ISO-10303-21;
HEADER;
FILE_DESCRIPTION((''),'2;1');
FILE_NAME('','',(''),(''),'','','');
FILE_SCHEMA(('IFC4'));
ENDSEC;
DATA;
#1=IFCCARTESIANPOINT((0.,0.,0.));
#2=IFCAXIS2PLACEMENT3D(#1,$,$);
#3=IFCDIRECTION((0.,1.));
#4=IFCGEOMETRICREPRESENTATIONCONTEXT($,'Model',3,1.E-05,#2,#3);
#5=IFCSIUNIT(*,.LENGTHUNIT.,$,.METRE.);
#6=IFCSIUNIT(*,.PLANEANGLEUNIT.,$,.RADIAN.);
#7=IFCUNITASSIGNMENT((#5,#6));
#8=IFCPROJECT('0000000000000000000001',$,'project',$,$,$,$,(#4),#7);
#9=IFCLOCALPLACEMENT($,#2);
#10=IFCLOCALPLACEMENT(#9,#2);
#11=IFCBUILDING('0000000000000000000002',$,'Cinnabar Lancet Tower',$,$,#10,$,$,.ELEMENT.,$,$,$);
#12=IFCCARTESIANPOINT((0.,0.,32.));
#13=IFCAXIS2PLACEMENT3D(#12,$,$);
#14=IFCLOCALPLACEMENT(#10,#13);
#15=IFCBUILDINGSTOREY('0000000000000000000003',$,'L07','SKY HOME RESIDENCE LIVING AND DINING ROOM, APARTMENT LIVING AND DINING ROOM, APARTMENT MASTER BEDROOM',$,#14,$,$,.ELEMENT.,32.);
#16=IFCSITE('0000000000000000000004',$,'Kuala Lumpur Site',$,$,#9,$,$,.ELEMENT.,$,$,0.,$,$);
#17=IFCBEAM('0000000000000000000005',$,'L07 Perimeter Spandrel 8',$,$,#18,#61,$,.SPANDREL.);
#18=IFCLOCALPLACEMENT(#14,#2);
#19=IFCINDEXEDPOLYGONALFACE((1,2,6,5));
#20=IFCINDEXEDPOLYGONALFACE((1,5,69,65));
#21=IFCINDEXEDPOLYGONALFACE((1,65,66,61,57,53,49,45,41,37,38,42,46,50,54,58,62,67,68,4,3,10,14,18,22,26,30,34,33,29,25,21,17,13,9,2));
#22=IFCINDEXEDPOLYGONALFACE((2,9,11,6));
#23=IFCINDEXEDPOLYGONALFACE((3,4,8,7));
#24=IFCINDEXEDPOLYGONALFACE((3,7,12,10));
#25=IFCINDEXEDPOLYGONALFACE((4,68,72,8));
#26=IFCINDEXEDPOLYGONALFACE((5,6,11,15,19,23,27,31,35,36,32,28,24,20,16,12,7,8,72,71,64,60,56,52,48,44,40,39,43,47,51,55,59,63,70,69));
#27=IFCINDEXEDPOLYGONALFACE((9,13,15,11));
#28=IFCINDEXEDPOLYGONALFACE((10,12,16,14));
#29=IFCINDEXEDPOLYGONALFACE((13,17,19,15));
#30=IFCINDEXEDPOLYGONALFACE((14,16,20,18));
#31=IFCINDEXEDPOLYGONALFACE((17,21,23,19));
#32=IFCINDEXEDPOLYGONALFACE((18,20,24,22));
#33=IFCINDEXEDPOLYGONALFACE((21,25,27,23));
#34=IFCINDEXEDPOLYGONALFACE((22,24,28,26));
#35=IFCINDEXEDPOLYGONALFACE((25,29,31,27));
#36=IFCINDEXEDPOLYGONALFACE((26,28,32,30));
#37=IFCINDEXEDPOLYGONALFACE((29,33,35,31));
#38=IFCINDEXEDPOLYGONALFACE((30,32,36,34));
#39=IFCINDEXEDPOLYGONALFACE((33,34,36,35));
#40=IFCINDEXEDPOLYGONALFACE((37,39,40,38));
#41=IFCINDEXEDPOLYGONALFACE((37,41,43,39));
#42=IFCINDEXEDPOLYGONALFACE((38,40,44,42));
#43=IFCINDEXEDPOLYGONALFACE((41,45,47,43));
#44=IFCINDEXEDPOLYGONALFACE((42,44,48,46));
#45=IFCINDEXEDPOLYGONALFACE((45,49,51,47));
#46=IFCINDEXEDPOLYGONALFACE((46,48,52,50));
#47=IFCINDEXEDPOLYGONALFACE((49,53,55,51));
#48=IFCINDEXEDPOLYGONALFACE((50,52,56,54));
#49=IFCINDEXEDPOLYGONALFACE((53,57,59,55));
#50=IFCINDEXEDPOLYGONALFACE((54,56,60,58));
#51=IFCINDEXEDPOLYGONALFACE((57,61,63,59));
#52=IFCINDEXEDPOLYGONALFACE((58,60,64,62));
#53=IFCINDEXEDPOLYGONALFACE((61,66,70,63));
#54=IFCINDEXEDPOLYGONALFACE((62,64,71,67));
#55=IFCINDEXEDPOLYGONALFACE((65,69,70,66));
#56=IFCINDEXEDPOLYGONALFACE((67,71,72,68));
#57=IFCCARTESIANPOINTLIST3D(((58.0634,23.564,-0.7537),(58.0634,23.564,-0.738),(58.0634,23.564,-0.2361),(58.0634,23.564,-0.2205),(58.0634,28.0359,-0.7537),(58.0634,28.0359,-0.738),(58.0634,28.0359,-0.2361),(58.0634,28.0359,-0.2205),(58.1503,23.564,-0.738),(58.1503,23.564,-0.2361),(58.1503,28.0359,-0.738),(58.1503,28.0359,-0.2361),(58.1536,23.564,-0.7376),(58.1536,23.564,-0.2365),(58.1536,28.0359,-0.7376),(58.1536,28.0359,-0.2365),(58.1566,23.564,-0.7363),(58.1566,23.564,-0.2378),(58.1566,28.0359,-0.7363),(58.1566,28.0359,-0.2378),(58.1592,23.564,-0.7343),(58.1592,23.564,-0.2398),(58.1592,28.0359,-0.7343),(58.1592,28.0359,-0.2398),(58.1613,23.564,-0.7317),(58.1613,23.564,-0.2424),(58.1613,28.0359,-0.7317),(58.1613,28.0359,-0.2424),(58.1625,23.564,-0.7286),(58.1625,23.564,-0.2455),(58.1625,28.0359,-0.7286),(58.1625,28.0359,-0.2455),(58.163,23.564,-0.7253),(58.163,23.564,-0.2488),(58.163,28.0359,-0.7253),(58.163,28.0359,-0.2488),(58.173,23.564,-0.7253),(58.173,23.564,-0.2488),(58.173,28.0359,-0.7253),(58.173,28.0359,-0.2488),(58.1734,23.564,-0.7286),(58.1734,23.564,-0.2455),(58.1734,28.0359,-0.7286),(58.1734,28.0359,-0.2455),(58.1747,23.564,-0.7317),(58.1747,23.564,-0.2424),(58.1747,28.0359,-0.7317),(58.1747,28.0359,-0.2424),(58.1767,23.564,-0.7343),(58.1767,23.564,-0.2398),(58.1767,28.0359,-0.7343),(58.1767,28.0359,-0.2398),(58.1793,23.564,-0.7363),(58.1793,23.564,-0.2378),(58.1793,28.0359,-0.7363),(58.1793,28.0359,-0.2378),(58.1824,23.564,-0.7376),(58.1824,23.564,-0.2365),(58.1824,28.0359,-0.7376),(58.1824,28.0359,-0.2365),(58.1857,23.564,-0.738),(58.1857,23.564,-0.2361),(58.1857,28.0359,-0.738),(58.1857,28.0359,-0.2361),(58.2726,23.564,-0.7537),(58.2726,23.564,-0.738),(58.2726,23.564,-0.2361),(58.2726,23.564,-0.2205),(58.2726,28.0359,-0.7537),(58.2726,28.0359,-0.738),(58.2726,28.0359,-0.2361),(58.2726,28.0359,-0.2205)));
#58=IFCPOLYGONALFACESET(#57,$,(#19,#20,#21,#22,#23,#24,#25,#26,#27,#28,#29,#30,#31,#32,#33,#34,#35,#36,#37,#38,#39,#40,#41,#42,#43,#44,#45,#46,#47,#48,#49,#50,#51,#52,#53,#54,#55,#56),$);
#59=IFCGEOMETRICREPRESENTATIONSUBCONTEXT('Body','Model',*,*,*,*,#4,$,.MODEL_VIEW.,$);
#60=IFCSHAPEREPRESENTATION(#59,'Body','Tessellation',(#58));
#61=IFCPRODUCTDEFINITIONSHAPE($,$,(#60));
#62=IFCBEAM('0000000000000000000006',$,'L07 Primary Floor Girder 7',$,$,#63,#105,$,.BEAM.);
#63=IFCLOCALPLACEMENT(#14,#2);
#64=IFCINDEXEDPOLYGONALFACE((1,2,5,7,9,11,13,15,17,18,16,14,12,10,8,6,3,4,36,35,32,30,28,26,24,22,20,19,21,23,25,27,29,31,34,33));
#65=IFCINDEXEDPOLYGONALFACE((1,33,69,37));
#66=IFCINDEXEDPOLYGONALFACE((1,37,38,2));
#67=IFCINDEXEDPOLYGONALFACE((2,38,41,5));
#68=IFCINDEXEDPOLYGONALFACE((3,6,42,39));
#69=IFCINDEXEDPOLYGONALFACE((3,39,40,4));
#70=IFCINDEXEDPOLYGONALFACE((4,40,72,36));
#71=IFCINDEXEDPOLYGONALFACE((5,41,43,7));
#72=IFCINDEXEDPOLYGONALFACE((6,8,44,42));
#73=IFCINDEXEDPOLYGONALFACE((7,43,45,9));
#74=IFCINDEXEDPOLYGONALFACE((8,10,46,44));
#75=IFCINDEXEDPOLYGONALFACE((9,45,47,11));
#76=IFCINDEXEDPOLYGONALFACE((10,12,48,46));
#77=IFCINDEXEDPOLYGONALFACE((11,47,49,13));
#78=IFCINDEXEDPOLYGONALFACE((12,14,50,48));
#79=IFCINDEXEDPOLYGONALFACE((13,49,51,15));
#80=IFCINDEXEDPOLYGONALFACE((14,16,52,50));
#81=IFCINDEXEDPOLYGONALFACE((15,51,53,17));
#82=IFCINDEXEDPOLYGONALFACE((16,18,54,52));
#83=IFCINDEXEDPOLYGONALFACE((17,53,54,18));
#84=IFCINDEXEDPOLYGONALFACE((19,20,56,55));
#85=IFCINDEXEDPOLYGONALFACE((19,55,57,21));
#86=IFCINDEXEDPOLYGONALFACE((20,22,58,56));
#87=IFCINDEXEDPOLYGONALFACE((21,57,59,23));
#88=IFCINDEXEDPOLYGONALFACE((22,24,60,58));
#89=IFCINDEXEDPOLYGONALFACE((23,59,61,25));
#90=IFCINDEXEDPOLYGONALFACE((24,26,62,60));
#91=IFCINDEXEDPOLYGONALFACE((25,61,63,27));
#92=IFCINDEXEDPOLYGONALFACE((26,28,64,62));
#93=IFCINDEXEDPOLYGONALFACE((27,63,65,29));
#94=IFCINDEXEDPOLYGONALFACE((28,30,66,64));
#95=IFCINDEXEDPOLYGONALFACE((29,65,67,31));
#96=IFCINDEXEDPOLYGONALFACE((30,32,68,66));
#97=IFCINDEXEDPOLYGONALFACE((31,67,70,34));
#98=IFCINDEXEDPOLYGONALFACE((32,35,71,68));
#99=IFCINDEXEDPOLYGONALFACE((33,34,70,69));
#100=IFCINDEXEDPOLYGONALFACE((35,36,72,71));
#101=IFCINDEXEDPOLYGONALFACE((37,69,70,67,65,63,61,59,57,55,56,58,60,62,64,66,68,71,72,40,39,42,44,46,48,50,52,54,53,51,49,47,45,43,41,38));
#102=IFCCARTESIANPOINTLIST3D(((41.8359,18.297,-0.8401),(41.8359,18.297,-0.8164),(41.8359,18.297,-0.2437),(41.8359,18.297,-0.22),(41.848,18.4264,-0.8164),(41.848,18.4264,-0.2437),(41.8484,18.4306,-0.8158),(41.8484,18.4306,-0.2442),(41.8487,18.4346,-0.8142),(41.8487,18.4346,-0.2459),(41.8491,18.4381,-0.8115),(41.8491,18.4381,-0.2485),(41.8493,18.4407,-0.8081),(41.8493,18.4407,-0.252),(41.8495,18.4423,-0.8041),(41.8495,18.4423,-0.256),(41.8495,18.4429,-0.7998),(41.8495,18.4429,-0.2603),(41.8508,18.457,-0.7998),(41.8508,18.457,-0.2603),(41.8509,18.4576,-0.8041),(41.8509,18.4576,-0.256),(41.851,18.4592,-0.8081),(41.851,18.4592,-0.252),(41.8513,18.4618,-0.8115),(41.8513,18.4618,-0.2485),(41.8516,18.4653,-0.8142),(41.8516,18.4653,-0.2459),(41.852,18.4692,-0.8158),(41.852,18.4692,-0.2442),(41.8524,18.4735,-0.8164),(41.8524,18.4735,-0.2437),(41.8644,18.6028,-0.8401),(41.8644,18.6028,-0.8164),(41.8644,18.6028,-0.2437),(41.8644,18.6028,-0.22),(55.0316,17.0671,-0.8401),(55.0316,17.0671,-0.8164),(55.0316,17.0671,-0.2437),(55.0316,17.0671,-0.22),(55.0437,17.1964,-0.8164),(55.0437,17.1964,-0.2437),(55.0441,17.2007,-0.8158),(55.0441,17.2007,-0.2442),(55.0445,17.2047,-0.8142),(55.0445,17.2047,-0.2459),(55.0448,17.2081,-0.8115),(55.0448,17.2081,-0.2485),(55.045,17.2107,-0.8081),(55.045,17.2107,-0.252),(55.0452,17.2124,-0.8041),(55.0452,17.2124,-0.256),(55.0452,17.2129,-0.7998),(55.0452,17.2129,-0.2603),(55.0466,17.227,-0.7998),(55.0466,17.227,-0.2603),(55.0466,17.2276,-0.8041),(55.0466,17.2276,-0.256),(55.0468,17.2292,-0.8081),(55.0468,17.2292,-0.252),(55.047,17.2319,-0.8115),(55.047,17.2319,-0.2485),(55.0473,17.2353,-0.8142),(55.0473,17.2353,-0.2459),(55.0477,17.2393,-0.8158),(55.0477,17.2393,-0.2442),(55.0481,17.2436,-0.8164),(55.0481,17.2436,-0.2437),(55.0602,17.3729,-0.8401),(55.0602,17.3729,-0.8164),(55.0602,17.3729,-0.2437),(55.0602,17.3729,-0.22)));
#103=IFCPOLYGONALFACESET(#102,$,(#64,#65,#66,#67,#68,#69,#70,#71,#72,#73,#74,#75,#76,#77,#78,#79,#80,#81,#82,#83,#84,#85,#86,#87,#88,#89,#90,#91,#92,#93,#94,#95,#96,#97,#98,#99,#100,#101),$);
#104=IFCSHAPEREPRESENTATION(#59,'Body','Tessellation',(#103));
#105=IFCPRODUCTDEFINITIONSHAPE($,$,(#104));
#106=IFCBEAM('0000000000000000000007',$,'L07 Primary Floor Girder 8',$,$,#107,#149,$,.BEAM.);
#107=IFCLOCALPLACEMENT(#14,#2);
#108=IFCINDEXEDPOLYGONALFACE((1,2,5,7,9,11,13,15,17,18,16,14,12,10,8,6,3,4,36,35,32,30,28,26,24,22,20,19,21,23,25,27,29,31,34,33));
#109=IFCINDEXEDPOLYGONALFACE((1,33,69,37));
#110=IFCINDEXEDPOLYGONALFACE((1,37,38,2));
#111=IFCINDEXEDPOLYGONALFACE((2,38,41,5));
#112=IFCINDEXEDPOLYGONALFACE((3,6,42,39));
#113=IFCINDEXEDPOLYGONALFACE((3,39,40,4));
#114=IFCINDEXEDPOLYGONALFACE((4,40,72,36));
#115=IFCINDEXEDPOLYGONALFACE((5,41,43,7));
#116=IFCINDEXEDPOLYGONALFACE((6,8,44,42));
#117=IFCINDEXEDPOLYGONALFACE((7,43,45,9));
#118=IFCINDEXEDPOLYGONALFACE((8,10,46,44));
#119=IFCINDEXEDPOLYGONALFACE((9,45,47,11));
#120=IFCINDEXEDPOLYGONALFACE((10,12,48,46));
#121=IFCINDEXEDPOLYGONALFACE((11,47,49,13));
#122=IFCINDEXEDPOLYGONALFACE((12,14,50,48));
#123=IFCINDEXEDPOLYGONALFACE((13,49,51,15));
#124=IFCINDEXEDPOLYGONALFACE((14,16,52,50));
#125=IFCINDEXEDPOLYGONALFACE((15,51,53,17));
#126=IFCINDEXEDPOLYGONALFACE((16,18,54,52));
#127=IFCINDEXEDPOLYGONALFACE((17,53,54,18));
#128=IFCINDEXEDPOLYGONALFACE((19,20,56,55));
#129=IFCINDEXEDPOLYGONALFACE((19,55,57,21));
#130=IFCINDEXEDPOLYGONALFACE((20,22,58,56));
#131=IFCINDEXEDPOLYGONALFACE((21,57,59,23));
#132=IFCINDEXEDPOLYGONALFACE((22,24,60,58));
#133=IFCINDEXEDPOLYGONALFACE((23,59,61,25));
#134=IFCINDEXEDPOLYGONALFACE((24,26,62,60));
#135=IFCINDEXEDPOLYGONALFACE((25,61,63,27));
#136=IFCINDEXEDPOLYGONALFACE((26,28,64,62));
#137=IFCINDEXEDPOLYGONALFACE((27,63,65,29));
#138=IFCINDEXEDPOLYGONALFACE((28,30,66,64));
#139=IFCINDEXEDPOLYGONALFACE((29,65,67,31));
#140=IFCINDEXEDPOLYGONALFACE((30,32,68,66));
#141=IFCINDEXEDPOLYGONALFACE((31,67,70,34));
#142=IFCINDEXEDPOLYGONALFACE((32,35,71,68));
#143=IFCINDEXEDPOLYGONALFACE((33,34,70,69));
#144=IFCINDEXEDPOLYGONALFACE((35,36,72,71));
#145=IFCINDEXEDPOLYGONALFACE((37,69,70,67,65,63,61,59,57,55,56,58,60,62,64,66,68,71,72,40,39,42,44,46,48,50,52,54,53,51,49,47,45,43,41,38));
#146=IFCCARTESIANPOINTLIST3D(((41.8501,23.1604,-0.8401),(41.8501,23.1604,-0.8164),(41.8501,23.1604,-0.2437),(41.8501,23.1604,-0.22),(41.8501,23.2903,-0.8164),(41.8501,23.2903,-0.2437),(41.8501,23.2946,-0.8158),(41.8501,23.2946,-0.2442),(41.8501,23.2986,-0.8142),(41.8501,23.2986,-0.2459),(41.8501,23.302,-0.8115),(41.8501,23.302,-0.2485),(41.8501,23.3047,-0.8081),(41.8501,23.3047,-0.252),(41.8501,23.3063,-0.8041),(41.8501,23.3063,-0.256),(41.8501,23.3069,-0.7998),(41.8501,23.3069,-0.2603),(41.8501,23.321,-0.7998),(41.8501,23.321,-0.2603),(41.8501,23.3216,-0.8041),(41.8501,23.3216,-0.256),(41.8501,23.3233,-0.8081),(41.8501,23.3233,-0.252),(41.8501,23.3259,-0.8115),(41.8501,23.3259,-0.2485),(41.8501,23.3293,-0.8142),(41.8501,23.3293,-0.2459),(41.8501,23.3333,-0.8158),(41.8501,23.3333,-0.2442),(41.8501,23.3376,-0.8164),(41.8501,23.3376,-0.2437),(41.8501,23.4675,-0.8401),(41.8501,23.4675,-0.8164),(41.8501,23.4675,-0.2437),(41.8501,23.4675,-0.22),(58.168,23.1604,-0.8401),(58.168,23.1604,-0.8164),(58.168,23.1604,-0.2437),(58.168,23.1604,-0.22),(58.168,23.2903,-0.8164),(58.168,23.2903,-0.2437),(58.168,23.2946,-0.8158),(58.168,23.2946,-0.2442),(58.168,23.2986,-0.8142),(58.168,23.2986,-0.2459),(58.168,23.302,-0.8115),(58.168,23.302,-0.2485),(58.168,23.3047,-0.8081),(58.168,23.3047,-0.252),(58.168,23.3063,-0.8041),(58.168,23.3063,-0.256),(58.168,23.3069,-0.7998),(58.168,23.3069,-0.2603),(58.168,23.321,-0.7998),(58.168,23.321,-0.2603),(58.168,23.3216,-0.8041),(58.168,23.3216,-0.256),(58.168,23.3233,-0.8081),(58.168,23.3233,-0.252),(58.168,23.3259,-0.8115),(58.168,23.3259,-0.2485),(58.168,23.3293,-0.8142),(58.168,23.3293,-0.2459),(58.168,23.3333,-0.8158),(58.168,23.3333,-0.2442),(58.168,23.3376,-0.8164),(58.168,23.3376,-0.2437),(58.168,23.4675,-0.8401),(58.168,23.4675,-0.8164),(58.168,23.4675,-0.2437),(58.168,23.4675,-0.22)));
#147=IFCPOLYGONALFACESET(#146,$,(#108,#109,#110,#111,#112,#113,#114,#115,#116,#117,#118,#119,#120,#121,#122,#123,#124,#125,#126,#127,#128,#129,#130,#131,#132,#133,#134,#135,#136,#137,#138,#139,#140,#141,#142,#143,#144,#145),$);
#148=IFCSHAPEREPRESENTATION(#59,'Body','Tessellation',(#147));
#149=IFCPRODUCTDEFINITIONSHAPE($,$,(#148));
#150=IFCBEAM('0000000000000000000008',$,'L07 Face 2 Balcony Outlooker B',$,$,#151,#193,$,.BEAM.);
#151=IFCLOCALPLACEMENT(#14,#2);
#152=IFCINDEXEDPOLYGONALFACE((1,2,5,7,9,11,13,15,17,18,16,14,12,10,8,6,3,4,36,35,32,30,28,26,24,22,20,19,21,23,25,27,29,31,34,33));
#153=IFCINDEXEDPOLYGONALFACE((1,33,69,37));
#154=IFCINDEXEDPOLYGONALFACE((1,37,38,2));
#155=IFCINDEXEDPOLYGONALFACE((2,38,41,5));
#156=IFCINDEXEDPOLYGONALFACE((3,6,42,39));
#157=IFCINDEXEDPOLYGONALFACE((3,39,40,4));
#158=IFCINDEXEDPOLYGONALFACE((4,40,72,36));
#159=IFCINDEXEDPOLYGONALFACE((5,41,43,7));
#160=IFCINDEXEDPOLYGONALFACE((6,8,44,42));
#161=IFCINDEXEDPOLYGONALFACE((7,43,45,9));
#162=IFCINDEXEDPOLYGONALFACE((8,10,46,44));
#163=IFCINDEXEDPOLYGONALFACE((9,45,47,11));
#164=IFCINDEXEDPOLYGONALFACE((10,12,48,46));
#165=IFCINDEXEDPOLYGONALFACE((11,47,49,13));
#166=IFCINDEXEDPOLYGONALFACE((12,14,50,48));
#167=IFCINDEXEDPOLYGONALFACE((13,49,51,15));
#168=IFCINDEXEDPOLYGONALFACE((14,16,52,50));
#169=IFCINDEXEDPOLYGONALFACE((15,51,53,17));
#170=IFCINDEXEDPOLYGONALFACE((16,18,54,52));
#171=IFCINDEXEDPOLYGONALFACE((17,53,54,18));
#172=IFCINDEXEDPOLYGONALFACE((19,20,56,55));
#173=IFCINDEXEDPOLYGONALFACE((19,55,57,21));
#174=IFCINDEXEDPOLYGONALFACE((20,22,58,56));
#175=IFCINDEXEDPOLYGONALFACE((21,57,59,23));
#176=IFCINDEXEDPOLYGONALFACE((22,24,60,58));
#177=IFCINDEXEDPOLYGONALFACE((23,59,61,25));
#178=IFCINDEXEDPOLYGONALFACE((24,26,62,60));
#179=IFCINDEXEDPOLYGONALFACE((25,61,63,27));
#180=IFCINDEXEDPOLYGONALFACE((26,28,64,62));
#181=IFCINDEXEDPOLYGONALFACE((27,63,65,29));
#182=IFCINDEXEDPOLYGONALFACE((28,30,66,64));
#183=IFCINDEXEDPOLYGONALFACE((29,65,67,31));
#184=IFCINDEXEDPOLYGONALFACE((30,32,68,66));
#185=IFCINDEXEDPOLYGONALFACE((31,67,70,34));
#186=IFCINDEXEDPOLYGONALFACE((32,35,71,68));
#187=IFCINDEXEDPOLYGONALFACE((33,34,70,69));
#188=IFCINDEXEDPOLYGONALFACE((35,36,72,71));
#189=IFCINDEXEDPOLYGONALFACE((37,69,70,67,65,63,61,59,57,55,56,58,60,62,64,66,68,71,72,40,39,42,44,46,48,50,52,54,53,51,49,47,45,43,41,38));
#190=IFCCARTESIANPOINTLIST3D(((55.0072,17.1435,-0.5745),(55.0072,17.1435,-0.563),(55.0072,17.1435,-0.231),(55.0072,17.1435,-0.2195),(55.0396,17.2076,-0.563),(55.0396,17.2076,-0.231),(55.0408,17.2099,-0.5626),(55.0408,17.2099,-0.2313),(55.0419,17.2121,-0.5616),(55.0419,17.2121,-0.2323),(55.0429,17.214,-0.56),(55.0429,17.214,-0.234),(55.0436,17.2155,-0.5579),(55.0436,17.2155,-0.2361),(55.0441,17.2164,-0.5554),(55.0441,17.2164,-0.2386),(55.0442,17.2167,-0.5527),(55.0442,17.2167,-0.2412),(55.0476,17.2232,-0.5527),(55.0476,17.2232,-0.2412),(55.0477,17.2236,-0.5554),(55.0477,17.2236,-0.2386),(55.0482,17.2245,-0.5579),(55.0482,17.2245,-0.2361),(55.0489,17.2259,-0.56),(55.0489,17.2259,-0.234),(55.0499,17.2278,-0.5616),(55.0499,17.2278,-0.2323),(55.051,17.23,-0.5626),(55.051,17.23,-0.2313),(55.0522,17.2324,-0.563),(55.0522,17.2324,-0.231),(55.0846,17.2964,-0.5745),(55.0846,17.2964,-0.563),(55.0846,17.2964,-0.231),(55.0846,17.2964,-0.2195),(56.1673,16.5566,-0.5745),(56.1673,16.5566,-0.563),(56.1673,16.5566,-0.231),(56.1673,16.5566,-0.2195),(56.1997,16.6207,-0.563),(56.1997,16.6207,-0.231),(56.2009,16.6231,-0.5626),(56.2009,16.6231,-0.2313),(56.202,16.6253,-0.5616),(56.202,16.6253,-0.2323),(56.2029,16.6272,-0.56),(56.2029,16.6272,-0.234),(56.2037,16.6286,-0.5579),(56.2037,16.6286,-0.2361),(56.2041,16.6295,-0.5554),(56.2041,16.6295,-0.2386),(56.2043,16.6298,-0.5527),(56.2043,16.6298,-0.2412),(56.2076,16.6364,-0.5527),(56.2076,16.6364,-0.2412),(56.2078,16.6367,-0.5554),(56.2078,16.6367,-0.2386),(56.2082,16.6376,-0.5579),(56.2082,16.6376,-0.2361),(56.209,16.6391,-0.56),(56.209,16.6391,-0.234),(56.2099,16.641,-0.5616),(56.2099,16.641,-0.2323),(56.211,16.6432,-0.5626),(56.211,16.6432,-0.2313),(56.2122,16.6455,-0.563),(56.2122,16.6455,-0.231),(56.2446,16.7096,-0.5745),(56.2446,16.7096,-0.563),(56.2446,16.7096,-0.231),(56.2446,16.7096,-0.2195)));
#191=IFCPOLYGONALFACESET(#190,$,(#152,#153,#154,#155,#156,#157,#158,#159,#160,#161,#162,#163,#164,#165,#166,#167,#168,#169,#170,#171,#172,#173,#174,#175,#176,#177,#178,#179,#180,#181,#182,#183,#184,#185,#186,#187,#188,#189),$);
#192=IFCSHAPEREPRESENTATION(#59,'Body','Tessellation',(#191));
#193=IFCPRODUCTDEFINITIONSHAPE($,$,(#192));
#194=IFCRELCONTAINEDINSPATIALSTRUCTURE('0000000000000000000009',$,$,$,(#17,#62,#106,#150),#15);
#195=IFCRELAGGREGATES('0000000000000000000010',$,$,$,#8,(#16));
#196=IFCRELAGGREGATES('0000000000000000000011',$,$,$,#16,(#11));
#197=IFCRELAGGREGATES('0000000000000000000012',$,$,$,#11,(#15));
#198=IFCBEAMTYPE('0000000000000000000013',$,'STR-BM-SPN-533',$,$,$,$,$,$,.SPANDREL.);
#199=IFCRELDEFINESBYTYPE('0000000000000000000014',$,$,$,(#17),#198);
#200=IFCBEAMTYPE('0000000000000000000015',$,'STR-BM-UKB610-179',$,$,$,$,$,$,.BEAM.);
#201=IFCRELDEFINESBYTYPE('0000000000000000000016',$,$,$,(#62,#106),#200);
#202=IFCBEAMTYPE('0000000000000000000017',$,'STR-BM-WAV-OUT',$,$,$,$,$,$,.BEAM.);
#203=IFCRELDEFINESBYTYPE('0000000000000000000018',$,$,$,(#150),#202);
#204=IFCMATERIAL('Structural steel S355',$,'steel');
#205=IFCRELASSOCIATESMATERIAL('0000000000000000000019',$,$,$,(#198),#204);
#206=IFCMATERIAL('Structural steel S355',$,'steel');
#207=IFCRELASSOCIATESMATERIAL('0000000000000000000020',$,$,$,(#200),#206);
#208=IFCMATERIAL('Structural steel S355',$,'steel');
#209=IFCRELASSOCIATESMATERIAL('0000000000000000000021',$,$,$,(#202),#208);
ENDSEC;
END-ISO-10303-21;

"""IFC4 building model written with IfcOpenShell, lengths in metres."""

from ifc_helpers import new_model, si_unit, direction, frame, origin, origin_2d, place, context, subcontext, project, spatial, i_section, extrude, material, material_profile, profile_set, type_object, element, save


model = new_model("IFC4")

# Units and contexts
model_context = context("Model", 3, precision=1e-05, world=origin(), true_north=direction((0.0, 1.0)))
body_context = subcontext(model_context, "Body", "Model", "MODEL_VIEW")
ifc_project = project(units=[si_unit("LENGTHUNIT", "METRE"), si_unit("PLANEANGLEUNIT", "RADIAN")], contexts=[model_context])

# Site, building, storey
site_placement = place(None, origin())
site = spatial("IfcSite", under=ifc_project, at=site_placement, Name="Kuala Lumpur Site", CompositionType="ELEMENT", RefElevation=0.0)
building_placement = place(site_placement, origin())
building = spatial("IfcBuilding", under=site, at=building_placement, Name="Cinnabar Lancet Tower", CompositionType="ELEMENT")
storey_placement = place(building_placement, frame((0.0, 0.0, 32.0)))
storey = spatial("IfcBuildingStorey", under=building, at=storey_placement, Name="L07", Description="SKY HOME RESIDENCE LIVING AND DINING ROOM, APARTMENT LIVING AND DINING ROOM, APARTMENT MASTER BEDROOM", CompositionType="ELEMENT", Elevation=32.0)

# Beams
ifc_material_1 = material(Name="Structural steel S355", Category="steel")
ifc_material_profile_1 = material_profile(ifc_material_1, i_section(OverallWidth=0.2092, OverallDepth=0.5332, WebThickness=0.01, FlangeThickness=0.0156, FilletRadius=0.0127, at=origin_2d()), Name="UKB 533x210x92")
ifc_profile_set_1 = profile_set([ifc_material_profile_1], Name="Structural steel S355")
beam_type_1 = type_object("IfcBeamType", Name="STR-BM-SPN-533", PredefinedType="SPANDREL", material=ifc_profile_set_1)
beam_1_placement = place(storey_placement, frame((58.168, 23.564, -0.4871), z_axis=(0.0, 1.0, 0.0), x_axis=(-1.0, 0.0, 0.0)))
element("IfcBeam", 1, at=beam_1_placement, inside=storey, type_object=beam_type_1, Name="L07 Perimeter Spandrel 8", PredefinedType="SPANDREL", context=body_context, shape_type="SweptSolid", body=[
    extrude(i_section(OverallWidth=0.2092, OverallDepth=0.5332, WebThickness=0.01, FlangeThickness=0.0156, FilletRadius=0.0127, at=origin_2d()), origin(), (0.0, 0.0, 1.0), 4.4719),
])
ifc_material_2 = material(Name="Structural steel S355", Category="steel")
ifc_material_profile_2 = material_profile(ifc_material_2, i_section(OverallWidth=0.3071, OverallDepth=0.6201, WebThickness=0.0142, FlangeThickness=0.0237, FilletRadius=0.0166, at=origin_2d()), Name="UKB 610x305x179")
ifc_profile_set_2 = profile_set([ifc_material_profile_2], Name="Structural steel S355")
beam_type_2 = type_object("IfcBeamType", Name="STR-BM-UKB610-179", PredefinedType="BEAM", material=ifc_profile_set_2)
beam_2_placement = place(storey_placement, frame((55.0459, 17.22, -0.53), z_axis=(-0.995684, 0.092808, 0.0), x_axis=(-0.092808, -0.995684, 0.0)))
element("IfcBeam", 2, at=beam_2_placement, inside=storey, type_object=beam_type_2, Name="L07 Primary Floor Girder 7", PredefinedType="BEAM", context=body_context, shape_type="SweptSolid", body=[
    extrude(i_section(OverallWidth=0.3071, OverallDepth=0.6201, WebThickness=0.0142, FlangeThickness=0.0237, FilletRadius=0.0166, at=origin_2d()), origin(), (0.0, 0.0, 1.0), 13.2529),
])
beam_3_placement = place(storey_placement, frame((58.168, 23.314, -0.53), z_axis=(-1.0, 0.0, 0.0), x_axis=(0.0, -1.0, 0.0)))
element("IfcBeam", 3, at=beam_3_placement, inside=storey, type_object=beam_type_2, Name="L07 Primary Floor Girder 8", PredefinedType="BEAM", context=body_context, shape_type="SweptSolid", body=[
    extrude(i_section(OverallWidth=0.3071, OverallDepth=0.6201, WebThickness=0.0142, FlangeThickness=0.0237, FilletRadius=0.0166, at=origin_2d()), origin(), (0.0, 0.0, 1.0), 16.3179),
])
ifc_material_3 = material(Name="Structural steel S355", Category="steel")
ifc_material_profile_3 = material_profile(ifc_material_3, i_section(OverallWidth=0.1714, OverallDepth=0.355, WebThickness=0.0073, FlangeThickness=0.0115, FilletRadius=0.0103, at=origin_2d()), Name="UKB 356x171x51")
ifc_profile_set_3 = profile_set([ifc_material_profile_3], Name="Structural steel S355")
beam_type_3 = type_object("IfcBeamType", Name="STR-BM-WAV-OUT", PredefinedType="BEAM", material=ifc_profile_set_3)
beam_4_placement = place(storey_placement, frame((55.0459, 17.22, -0.397), z_axis=(0.892314, -0.451415, 0.0), x_axis=(0.451415, 0.892314, 0.0)))
element("IfcBeam", 4, at=beam_4_placement, inside=storey, type_object=beam_type_3, Name="L07 Face 2 Balcony Outlooker B", PredefinedType="BEAM", context=body_context, shape_type="SweptSolid", body=[
    extrude(i_section(OverallWidth=0.1714, OverallDepth=0.355, WebThickness=0.0073, FlangeThickness=0.0115, FilletRadius=0.0103, at=origin_2d()), origin(), (0.0, 0.0, 1.0), 1.3),
])

save(model, "model.ifc")
